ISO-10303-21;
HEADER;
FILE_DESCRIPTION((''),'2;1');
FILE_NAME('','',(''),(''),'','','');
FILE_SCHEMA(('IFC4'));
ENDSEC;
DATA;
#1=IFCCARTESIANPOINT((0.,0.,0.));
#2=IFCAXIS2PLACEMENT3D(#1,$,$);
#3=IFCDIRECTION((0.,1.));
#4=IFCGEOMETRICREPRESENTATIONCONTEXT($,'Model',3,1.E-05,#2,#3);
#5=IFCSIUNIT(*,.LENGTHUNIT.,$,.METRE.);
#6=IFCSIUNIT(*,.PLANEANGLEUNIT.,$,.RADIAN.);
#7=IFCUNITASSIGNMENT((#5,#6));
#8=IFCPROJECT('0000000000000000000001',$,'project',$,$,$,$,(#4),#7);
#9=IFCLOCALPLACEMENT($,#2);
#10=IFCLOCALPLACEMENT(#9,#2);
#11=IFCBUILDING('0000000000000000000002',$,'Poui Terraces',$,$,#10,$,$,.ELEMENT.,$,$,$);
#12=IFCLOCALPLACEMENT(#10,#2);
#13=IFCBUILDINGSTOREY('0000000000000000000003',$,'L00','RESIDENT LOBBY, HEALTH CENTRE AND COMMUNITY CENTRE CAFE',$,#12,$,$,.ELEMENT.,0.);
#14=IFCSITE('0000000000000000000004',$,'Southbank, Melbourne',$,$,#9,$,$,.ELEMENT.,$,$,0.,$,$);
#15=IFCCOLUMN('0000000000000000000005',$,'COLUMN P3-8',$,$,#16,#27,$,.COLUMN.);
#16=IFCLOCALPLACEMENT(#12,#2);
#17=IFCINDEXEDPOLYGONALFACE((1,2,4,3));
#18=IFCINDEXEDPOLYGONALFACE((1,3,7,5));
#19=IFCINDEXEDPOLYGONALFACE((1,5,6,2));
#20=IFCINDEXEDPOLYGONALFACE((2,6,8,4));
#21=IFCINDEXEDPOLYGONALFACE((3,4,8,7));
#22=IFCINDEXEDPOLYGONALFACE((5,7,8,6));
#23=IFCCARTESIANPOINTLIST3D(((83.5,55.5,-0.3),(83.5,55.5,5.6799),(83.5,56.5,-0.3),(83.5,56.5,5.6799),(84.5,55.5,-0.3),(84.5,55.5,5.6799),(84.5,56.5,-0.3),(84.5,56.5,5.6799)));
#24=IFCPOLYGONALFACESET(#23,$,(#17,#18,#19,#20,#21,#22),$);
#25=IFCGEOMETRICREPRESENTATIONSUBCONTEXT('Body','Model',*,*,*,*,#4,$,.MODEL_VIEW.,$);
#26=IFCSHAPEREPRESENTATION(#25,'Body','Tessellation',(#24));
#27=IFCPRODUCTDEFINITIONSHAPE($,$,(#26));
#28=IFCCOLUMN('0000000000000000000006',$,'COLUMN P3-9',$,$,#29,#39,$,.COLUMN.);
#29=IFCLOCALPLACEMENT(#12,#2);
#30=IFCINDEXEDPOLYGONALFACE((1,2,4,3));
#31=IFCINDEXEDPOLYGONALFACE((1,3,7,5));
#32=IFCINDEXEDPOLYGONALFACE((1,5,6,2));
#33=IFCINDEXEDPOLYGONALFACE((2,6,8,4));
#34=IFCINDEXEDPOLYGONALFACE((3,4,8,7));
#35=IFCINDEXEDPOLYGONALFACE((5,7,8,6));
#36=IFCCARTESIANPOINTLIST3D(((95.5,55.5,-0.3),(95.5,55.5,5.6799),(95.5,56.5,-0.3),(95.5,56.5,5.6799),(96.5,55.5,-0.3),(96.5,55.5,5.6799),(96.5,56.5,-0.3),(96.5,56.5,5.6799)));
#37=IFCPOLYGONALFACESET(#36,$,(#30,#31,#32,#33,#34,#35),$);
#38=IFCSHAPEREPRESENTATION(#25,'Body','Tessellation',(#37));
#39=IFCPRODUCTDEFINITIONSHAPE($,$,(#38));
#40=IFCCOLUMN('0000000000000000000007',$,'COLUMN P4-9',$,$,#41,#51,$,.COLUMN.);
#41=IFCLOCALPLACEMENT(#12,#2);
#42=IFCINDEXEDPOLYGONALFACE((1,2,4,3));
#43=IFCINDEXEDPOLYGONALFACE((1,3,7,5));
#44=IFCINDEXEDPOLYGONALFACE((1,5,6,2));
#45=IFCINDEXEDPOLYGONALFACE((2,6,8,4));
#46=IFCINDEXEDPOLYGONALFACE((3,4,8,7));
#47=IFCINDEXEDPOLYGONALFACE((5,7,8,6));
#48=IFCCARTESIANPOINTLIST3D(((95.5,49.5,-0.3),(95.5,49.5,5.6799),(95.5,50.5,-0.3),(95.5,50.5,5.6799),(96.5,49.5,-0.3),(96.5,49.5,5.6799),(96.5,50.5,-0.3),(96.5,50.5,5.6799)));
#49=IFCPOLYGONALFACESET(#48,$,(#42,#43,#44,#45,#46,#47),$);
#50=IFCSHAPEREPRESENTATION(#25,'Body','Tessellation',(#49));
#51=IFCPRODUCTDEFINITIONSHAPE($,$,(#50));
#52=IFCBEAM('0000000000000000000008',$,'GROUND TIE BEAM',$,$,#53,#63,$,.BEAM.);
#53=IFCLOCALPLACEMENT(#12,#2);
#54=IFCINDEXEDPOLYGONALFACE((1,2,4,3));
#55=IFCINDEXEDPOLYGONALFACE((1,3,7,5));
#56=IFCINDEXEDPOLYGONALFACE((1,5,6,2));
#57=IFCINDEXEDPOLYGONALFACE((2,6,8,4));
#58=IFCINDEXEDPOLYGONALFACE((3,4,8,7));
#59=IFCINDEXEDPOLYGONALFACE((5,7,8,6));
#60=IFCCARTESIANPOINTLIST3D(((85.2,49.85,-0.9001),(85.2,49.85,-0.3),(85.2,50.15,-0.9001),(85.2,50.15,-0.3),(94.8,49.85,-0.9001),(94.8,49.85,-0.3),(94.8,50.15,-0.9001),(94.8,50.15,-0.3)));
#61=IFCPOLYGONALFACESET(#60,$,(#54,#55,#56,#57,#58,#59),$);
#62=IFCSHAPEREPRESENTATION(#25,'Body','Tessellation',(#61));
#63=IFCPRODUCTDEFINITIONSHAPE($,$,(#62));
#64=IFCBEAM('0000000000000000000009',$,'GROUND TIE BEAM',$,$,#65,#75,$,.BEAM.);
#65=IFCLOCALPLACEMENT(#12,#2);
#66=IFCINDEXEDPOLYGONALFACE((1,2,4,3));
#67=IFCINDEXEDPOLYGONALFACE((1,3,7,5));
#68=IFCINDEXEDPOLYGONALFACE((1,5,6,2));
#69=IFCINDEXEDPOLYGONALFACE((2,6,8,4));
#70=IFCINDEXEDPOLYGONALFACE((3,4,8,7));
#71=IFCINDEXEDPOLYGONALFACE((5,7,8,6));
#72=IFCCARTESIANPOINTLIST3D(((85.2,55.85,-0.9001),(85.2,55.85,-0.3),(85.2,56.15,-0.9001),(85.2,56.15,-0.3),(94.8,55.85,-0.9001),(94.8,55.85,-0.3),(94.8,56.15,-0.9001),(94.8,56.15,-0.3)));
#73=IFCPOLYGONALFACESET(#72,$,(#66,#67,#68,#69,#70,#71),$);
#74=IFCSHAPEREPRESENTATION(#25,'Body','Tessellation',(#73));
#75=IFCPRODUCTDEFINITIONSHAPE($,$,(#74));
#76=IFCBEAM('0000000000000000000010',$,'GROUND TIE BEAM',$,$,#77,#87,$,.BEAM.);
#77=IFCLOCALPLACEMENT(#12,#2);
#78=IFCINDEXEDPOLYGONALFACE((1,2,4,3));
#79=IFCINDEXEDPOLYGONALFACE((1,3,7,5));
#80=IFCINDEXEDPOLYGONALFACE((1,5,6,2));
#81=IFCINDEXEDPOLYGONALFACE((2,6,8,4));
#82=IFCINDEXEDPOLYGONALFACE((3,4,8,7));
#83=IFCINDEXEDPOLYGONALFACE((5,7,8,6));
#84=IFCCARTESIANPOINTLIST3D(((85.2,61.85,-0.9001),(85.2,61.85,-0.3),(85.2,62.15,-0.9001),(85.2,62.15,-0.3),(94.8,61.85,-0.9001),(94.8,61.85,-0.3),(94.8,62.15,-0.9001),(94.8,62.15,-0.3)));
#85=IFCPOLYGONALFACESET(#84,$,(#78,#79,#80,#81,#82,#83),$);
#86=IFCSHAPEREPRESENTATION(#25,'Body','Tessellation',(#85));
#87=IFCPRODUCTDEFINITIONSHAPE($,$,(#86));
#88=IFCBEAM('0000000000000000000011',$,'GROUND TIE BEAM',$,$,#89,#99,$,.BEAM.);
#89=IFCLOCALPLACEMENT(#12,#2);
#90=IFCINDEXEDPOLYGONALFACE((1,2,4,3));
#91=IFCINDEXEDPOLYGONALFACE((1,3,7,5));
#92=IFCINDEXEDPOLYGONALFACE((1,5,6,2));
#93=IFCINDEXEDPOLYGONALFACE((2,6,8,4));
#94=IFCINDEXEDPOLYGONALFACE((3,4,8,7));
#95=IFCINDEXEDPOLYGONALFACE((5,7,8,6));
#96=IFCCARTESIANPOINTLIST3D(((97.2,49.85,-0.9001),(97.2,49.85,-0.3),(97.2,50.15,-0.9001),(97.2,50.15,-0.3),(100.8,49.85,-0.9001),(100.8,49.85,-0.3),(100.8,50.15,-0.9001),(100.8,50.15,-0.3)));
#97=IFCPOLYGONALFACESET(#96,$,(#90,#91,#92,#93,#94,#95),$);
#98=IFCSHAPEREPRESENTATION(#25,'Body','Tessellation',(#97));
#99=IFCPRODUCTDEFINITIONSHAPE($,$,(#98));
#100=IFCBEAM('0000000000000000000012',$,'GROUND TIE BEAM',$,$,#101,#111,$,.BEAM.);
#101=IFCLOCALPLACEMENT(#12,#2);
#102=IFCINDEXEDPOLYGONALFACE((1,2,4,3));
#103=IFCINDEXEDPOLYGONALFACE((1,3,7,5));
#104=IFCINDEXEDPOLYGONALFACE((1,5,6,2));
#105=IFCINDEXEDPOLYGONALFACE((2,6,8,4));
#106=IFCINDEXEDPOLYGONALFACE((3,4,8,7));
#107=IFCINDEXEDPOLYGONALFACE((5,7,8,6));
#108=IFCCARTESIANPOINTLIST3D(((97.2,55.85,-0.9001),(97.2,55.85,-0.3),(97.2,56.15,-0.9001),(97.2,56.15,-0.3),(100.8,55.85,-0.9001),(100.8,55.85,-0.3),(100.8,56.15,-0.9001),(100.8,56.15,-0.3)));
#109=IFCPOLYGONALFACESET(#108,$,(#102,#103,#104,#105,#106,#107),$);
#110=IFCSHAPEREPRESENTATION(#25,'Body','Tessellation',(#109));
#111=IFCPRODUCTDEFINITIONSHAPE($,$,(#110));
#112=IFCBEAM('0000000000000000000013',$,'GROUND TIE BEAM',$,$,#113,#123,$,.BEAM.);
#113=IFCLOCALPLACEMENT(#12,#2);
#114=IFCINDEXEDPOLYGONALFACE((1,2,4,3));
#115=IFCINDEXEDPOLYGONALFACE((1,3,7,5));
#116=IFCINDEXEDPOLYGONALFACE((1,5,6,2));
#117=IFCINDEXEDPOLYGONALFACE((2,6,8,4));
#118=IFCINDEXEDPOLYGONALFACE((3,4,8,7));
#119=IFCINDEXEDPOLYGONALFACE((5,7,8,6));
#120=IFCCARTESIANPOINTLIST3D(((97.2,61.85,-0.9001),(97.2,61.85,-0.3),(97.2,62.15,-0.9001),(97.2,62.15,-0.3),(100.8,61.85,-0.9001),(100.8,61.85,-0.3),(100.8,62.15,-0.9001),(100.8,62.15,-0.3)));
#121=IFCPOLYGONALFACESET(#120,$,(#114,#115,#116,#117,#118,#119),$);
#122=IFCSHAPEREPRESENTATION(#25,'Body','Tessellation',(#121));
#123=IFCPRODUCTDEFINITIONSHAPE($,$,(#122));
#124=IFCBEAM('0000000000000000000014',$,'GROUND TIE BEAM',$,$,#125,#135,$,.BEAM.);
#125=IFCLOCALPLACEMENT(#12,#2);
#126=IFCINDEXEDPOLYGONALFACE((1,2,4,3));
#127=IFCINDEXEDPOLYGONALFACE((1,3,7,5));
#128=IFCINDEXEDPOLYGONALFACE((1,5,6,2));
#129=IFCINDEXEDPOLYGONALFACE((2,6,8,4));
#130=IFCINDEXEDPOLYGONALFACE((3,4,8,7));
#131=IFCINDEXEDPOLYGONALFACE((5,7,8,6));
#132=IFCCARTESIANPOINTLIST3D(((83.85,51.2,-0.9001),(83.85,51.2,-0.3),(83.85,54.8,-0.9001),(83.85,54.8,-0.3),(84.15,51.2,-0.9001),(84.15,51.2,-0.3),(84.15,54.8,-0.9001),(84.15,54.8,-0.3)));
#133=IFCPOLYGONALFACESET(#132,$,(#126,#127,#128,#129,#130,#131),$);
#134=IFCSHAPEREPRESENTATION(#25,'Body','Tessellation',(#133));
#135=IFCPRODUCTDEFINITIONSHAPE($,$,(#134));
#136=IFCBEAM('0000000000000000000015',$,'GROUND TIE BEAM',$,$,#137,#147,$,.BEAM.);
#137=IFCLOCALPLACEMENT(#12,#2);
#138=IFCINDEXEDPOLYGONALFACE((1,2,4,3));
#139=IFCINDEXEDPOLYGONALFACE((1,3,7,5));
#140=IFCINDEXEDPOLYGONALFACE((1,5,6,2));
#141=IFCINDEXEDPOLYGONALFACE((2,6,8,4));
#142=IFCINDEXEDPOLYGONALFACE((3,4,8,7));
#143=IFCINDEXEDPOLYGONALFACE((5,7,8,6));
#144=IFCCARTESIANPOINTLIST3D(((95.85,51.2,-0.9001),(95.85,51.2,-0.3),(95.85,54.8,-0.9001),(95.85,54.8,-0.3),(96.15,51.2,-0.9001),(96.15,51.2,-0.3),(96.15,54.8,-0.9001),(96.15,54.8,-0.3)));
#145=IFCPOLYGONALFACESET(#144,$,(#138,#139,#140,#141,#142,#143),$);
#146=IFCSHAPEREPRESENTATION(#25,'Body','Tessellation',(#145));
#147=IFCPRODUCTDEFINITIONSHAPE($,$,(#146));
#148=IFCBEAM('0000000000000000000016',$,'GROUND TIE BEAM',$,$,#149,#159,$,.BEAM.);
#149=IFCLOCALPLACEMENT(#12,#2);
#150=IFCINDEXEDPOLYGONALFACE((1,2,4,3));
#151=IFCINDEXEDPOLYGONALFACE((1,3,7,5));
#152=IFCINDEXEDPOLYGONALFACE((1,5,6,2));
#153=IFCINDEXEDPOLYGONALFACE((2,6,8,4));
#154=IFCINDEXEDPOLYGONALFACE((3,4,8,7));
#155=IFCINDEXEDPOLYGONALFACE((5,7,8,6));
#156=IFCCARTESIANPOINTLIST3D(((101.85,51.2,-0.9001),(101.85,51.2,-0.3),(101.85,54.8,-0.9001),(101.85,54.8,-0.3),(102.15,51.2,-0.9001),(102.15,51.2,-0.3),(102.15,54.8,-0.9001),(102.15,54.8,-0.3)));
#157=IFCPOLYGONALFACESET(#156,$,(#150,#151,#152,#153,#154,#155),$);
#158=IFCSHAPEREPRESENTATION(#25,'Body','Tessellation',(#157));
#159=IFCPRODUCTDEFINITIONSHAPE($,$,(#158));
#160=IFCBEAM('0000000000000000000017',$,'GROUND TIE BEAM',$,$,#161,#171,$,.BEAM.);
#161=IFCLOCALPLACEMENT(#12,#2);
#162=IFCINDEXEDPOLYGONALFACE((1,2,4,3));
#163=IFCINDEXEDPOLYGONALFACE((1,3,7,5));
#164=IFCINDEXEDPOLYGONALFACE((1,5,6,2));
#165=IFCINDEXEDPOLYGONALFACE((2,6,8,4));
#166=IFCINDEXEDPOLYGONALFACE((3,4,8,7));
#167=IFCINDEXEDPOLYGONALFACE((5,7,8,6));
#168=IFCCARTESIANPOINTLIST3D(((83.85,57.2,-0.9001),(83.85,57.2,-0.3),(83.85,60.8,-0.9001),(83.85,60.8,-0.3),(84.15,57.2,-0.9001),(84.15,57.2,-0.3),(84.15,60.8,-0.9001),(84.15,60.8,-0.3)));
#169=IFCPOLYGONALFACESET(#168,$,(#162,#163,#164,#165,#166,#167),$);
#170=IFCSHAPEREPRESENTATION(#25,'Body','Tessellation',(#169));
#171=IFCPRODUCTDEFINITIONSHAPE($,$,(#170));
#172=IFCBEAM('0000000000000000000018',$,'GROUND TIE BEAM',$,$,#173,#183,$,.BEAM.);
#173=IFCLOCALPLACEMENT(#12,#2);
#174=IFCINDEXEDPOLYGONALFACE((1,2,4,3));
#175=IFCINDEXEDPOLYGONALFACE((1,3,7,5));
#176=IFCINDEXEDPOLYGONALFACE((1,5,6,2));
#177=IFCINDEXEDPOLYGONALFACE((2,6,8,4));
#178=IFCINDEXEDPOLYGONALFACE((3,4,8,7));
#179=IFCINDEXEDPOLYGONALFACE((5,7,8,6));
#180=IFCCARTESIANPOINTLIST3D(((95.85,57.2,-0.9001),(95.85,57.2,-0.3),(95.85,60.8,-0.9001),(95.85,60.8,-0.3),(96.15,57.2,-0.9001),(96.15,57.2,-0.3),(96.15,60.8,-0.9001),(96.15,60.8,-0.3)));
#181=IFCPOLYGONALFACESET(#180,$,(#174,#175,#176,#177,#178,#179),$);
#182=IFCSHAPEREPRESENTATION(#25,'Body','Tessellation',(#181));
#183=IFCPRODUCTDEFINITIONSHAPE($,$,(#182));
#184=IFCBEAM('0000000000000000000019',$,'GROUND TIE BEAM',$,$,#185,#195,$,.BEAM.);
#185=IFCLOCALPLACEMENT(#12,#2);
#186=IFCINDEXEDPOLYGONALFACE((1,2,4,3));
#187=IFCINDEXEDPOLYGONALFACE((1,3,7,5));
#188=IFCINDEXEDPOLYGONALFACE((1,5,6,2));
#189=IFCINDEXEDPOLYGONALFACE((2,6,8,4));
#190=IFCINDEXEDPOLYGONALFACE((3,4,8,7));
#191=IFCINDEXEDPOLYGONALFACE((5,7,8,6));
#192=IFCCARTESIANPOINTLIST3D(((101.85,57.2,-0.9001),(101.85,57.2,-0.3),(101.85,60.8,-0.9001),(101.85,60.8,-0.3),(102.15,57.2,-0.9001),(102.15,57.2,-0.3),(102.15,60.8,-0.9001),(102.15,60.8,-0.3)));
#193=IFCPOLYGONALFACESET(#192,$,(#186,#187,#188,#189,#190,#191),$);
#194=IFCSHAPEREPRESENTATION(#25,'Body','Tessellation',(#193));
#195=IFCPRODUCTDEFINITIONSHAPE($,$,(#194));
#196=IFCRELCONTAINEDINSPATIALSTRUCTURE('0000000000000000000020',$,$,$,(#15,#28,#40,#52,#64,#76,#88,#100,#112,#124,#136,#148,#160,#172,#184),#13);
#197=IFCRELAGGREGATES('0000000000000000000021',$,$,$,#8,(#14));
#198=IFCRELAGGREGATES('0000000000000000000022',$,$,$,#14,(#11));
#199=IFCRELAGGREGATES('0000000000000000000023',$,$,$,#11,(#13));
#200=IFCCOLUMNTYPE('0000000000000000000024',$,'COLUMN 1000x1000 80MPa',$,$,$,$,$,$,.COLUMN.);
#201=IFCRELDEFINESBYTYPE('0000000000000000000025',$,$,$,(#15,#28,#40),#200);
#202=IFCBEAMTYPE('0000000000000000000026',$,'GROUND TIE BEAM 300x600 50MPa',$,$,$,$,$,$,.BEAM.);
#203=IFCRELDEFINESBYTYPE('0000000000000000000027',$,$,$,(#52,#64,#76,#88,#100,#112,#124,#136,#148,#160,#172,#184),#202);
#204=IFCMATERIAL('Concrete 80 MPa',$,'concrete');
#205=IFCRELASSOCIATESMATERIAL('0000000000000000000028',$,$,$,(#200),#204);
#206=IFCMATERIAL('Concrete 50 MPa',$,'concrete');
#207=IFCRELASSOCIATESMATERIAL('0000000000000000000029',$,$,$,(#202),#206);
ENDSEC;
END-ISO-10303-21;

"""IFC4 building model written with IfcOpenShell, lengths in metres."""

from ifc_helpers import new_model, si_unit, direction, frame, origin, origin_2d, place, context, subcontext, project, spatial, rectangle, extrude, source, transform, mapped, material, material_profile, profile_set, type_object, element, save


model = new_model("IFC4")

# Units and contexts
model_context = context("Model", 3, precision=1e-05, world=origin(), true_north=direction((0.0, 1.0)))
body_context = subcontext(model_context, "Body", "Model", "MODEL_VIEW")
ifc_project = project(units=[si_unit("LENGTHUNIT", "METRE"), si_unit("PLANEANGLEUNIT", "RADIAN")], contexts=[model_context])

# Site, building, storey
site_placement = place(None, origin())
site = spatial("IfcSite", under=ifc_project, at=site_placement, Name="Southbank, Melbourne", CompositionType="ELEMENT", RefElevation=0.0)
building_placement = place(site_placement, origin())
building = spatial("IfcBuilding", under=site, at=building_placement, Name="Poui Terraces", CompositionType="ELEMENT")
storey_placement = place(building_placement, origin())
storey = spatial("IfcBuildingStorey", under=building, at=storey_placement, Name="L00", Description="RESIDENT LOBBY, HEALTH CENTRE AND COMMUNITY CENTRE CAFE", CompositionType="ELEMENT", Elevation=0.0)

# Shared definitions
ifc_material_1 = material(Name="Concrete 50 MPa", Category="concrete")

# Columns
ifc_material_2 = material(Name="Concrete 80 MPa", Category="concrete")
ifc_material_profile_1 = material_profile(ifc_material_2, rectangle(XDim=1.0, YDim=1.0, at=origin_2d()), Name="RC 1000x1000")
ifc_profile_set_1 = profile_set([ifc_material_profile_1], Name="Concrete 80 MPa")
column_type_1 = type_object("IfcColumnType", Name="COLUMN 1000x1000 80MPa", PredefinedType="COLUMN", material=ifc_profile_set_1)
shared_shape_1 = source(origin(), body_context, "Body", "SweptSolid", [
    extrude(rectangle(XDim=1.0, YDim=1.0, at=origin_2d()), origin(), (0.0, 0.0, 1.0), 5.98),
])
for number, where, z_axis, x_axis, name in (
    (1, (84.0, 56.0, -0.3), (0.0, 0.0, 1.0), (1.0, 0.0, 0.0), "COLUMN P3-8"),
    (2, (96.0, 56.0, -0.3), (0.0, 0.0, 1.0), (1.0, 0.0, 0.0), "COLUMN P3-9"),
    (3, (96.0, 50.0, -0.3), (0.0, 0.0, 1.0), (1.0, 0.0, 0.0), "COLUMN P4-9"),
):
    element("IfcColumn", number, at=place(storey_placement, frame(where, z_axis=z_axis, x_axis=x_axis)), inside=storey, type_object=column_type_1, Name=name, PredefinedType="COLUMN", context=body_context, shape_type="MappedRepresentation", body=[
        mapped(shared_shape_1, transform((0.0, 0.0, 0.0))),
    ])

# Beams
ifc_material_profile_2 = material_profile(ifc_material_1, rectangle(XDim=0.3, YDim=0.6001, at=origin_2d()), Name="RC 300x600")
ifc_profile_set_2 = profile_set([ifc_material_profile_2], Name="Concrete 50 MPa")
beam_type = type_object("IfcBeamType", Name="GROUND TIE BEAM 300x600 50MPa", PredefinedType="BEAM", material=ifc_profile_set_2)
shared_shape_2 = source(origin(), body_context, "Body", "SweptSolid", [
    extrude(rectangle(XDim=0.3, YDim=0.6001, at=origin_2d()), origin(), (0.0, 0.0, 1.0), 9.6001),
])
for number, where, z_axis, x_axis, name in (
    (4, (85.2, 50.0, -0.6001), (1.0, 0.0, 0.0), (0.0, 1.0, 0.0), "GROUND TIE BEAM"),
    (5, (85.2, 56.0, -0.6001), (1.0, 0.0, 0.0), (0.0, 1.0, 0.0), "GROUND TIE BEAM"),
    (6, (85.2, 62.0, -0.6001), (1.0, 0.0, 0.0), (0.0, 1.0, 0.0), "GROUND TIE BEAM"),
):
    element("IfcBeam", number, at=place(storey_placement, frame(where, z_axis=z_axis, x_axis=x_axis)), inside=storey, type_object=beam_type, Name=name, PredefinedType="BEAM", context=body_context, shape_type="MappedRepresentation", body=[
        mapped(shared_shape_2, transform((0.0, 0.0, 0.0))),
    ])
shared_shape_3 = source(origin(), body_context, "Body", "SweptSolid", [
    extrude(rectangle(XDim=0.3, YDim=0.6001, at=origin_2d()), origin(), (0.0, 0.0, 1.0), 3.6001),
])
for number, where, z_axis, x_axis, name in (
    (7, (97.2, 50.0, -0.6001), (1.0, 0.0, 0.0), (0.0, 1.0, 0.0), "GROUND TIE BEAM"),
    (8, (97.2, 56.0, -0.6001), (1.0, 0.0, 0.0), (0.0, 1.0, 0.0), "GROUND TIE BEAM"),
    (9, (97.2, 62.0, -0.6001), (1.0, 0.0, 0.0), (0.0, 1.0, 0.0), "GROUND TIE BEAM"),
    (10, (84.0, 51.2, -0.6001), (0.0, 1.0, 0.0), (-1.0, 0.0, 0.0), "GROUND TIE BEAM"),
    (11, (96.0, 51.2, -0.6001), (0.0, 1.0, 0.0), (-1.0, 0.0, 0.0), "GROUND TIE BEAM"),
    (12, (102.0, 51.2, -0.6001), (0.0, 1.0, 0.0), (-1.0, 0.0, 0.0), "GROUND TIE BEAM"),
    (13, (84.0, 57.2, -0.6001), (0.0, 1.0, 0.0), (-1.0, 0.0, 0.0), "GROUND TIE BEAM"),
    (14, (96.0, 57.2, -0.6001), (0.0, 1.0, 0.0), (-1.0, 0.0, 0.0), "GROUND TIE BEAM"),
    (15, (102.0, 57.2, -0.6001), (0.0, 1.0, 0.0), (-1.0, 0.0, 0.0), "GROUND TIE BEAM"),
):
    element("IfcBeam", number, at=place(storey_placement, frame(where, z_axis=z_axis, x_axis=x_axis)), inside=storey, type_object=beam_type, Name=name, PredefinedType="BEAM", context=body_context, shape_type="MappedRepresentation", body=[
        mapped(shared_shape_3, transform((0.0, 0.0, 0.0))),
    ])

save(model, "model.ifc")
